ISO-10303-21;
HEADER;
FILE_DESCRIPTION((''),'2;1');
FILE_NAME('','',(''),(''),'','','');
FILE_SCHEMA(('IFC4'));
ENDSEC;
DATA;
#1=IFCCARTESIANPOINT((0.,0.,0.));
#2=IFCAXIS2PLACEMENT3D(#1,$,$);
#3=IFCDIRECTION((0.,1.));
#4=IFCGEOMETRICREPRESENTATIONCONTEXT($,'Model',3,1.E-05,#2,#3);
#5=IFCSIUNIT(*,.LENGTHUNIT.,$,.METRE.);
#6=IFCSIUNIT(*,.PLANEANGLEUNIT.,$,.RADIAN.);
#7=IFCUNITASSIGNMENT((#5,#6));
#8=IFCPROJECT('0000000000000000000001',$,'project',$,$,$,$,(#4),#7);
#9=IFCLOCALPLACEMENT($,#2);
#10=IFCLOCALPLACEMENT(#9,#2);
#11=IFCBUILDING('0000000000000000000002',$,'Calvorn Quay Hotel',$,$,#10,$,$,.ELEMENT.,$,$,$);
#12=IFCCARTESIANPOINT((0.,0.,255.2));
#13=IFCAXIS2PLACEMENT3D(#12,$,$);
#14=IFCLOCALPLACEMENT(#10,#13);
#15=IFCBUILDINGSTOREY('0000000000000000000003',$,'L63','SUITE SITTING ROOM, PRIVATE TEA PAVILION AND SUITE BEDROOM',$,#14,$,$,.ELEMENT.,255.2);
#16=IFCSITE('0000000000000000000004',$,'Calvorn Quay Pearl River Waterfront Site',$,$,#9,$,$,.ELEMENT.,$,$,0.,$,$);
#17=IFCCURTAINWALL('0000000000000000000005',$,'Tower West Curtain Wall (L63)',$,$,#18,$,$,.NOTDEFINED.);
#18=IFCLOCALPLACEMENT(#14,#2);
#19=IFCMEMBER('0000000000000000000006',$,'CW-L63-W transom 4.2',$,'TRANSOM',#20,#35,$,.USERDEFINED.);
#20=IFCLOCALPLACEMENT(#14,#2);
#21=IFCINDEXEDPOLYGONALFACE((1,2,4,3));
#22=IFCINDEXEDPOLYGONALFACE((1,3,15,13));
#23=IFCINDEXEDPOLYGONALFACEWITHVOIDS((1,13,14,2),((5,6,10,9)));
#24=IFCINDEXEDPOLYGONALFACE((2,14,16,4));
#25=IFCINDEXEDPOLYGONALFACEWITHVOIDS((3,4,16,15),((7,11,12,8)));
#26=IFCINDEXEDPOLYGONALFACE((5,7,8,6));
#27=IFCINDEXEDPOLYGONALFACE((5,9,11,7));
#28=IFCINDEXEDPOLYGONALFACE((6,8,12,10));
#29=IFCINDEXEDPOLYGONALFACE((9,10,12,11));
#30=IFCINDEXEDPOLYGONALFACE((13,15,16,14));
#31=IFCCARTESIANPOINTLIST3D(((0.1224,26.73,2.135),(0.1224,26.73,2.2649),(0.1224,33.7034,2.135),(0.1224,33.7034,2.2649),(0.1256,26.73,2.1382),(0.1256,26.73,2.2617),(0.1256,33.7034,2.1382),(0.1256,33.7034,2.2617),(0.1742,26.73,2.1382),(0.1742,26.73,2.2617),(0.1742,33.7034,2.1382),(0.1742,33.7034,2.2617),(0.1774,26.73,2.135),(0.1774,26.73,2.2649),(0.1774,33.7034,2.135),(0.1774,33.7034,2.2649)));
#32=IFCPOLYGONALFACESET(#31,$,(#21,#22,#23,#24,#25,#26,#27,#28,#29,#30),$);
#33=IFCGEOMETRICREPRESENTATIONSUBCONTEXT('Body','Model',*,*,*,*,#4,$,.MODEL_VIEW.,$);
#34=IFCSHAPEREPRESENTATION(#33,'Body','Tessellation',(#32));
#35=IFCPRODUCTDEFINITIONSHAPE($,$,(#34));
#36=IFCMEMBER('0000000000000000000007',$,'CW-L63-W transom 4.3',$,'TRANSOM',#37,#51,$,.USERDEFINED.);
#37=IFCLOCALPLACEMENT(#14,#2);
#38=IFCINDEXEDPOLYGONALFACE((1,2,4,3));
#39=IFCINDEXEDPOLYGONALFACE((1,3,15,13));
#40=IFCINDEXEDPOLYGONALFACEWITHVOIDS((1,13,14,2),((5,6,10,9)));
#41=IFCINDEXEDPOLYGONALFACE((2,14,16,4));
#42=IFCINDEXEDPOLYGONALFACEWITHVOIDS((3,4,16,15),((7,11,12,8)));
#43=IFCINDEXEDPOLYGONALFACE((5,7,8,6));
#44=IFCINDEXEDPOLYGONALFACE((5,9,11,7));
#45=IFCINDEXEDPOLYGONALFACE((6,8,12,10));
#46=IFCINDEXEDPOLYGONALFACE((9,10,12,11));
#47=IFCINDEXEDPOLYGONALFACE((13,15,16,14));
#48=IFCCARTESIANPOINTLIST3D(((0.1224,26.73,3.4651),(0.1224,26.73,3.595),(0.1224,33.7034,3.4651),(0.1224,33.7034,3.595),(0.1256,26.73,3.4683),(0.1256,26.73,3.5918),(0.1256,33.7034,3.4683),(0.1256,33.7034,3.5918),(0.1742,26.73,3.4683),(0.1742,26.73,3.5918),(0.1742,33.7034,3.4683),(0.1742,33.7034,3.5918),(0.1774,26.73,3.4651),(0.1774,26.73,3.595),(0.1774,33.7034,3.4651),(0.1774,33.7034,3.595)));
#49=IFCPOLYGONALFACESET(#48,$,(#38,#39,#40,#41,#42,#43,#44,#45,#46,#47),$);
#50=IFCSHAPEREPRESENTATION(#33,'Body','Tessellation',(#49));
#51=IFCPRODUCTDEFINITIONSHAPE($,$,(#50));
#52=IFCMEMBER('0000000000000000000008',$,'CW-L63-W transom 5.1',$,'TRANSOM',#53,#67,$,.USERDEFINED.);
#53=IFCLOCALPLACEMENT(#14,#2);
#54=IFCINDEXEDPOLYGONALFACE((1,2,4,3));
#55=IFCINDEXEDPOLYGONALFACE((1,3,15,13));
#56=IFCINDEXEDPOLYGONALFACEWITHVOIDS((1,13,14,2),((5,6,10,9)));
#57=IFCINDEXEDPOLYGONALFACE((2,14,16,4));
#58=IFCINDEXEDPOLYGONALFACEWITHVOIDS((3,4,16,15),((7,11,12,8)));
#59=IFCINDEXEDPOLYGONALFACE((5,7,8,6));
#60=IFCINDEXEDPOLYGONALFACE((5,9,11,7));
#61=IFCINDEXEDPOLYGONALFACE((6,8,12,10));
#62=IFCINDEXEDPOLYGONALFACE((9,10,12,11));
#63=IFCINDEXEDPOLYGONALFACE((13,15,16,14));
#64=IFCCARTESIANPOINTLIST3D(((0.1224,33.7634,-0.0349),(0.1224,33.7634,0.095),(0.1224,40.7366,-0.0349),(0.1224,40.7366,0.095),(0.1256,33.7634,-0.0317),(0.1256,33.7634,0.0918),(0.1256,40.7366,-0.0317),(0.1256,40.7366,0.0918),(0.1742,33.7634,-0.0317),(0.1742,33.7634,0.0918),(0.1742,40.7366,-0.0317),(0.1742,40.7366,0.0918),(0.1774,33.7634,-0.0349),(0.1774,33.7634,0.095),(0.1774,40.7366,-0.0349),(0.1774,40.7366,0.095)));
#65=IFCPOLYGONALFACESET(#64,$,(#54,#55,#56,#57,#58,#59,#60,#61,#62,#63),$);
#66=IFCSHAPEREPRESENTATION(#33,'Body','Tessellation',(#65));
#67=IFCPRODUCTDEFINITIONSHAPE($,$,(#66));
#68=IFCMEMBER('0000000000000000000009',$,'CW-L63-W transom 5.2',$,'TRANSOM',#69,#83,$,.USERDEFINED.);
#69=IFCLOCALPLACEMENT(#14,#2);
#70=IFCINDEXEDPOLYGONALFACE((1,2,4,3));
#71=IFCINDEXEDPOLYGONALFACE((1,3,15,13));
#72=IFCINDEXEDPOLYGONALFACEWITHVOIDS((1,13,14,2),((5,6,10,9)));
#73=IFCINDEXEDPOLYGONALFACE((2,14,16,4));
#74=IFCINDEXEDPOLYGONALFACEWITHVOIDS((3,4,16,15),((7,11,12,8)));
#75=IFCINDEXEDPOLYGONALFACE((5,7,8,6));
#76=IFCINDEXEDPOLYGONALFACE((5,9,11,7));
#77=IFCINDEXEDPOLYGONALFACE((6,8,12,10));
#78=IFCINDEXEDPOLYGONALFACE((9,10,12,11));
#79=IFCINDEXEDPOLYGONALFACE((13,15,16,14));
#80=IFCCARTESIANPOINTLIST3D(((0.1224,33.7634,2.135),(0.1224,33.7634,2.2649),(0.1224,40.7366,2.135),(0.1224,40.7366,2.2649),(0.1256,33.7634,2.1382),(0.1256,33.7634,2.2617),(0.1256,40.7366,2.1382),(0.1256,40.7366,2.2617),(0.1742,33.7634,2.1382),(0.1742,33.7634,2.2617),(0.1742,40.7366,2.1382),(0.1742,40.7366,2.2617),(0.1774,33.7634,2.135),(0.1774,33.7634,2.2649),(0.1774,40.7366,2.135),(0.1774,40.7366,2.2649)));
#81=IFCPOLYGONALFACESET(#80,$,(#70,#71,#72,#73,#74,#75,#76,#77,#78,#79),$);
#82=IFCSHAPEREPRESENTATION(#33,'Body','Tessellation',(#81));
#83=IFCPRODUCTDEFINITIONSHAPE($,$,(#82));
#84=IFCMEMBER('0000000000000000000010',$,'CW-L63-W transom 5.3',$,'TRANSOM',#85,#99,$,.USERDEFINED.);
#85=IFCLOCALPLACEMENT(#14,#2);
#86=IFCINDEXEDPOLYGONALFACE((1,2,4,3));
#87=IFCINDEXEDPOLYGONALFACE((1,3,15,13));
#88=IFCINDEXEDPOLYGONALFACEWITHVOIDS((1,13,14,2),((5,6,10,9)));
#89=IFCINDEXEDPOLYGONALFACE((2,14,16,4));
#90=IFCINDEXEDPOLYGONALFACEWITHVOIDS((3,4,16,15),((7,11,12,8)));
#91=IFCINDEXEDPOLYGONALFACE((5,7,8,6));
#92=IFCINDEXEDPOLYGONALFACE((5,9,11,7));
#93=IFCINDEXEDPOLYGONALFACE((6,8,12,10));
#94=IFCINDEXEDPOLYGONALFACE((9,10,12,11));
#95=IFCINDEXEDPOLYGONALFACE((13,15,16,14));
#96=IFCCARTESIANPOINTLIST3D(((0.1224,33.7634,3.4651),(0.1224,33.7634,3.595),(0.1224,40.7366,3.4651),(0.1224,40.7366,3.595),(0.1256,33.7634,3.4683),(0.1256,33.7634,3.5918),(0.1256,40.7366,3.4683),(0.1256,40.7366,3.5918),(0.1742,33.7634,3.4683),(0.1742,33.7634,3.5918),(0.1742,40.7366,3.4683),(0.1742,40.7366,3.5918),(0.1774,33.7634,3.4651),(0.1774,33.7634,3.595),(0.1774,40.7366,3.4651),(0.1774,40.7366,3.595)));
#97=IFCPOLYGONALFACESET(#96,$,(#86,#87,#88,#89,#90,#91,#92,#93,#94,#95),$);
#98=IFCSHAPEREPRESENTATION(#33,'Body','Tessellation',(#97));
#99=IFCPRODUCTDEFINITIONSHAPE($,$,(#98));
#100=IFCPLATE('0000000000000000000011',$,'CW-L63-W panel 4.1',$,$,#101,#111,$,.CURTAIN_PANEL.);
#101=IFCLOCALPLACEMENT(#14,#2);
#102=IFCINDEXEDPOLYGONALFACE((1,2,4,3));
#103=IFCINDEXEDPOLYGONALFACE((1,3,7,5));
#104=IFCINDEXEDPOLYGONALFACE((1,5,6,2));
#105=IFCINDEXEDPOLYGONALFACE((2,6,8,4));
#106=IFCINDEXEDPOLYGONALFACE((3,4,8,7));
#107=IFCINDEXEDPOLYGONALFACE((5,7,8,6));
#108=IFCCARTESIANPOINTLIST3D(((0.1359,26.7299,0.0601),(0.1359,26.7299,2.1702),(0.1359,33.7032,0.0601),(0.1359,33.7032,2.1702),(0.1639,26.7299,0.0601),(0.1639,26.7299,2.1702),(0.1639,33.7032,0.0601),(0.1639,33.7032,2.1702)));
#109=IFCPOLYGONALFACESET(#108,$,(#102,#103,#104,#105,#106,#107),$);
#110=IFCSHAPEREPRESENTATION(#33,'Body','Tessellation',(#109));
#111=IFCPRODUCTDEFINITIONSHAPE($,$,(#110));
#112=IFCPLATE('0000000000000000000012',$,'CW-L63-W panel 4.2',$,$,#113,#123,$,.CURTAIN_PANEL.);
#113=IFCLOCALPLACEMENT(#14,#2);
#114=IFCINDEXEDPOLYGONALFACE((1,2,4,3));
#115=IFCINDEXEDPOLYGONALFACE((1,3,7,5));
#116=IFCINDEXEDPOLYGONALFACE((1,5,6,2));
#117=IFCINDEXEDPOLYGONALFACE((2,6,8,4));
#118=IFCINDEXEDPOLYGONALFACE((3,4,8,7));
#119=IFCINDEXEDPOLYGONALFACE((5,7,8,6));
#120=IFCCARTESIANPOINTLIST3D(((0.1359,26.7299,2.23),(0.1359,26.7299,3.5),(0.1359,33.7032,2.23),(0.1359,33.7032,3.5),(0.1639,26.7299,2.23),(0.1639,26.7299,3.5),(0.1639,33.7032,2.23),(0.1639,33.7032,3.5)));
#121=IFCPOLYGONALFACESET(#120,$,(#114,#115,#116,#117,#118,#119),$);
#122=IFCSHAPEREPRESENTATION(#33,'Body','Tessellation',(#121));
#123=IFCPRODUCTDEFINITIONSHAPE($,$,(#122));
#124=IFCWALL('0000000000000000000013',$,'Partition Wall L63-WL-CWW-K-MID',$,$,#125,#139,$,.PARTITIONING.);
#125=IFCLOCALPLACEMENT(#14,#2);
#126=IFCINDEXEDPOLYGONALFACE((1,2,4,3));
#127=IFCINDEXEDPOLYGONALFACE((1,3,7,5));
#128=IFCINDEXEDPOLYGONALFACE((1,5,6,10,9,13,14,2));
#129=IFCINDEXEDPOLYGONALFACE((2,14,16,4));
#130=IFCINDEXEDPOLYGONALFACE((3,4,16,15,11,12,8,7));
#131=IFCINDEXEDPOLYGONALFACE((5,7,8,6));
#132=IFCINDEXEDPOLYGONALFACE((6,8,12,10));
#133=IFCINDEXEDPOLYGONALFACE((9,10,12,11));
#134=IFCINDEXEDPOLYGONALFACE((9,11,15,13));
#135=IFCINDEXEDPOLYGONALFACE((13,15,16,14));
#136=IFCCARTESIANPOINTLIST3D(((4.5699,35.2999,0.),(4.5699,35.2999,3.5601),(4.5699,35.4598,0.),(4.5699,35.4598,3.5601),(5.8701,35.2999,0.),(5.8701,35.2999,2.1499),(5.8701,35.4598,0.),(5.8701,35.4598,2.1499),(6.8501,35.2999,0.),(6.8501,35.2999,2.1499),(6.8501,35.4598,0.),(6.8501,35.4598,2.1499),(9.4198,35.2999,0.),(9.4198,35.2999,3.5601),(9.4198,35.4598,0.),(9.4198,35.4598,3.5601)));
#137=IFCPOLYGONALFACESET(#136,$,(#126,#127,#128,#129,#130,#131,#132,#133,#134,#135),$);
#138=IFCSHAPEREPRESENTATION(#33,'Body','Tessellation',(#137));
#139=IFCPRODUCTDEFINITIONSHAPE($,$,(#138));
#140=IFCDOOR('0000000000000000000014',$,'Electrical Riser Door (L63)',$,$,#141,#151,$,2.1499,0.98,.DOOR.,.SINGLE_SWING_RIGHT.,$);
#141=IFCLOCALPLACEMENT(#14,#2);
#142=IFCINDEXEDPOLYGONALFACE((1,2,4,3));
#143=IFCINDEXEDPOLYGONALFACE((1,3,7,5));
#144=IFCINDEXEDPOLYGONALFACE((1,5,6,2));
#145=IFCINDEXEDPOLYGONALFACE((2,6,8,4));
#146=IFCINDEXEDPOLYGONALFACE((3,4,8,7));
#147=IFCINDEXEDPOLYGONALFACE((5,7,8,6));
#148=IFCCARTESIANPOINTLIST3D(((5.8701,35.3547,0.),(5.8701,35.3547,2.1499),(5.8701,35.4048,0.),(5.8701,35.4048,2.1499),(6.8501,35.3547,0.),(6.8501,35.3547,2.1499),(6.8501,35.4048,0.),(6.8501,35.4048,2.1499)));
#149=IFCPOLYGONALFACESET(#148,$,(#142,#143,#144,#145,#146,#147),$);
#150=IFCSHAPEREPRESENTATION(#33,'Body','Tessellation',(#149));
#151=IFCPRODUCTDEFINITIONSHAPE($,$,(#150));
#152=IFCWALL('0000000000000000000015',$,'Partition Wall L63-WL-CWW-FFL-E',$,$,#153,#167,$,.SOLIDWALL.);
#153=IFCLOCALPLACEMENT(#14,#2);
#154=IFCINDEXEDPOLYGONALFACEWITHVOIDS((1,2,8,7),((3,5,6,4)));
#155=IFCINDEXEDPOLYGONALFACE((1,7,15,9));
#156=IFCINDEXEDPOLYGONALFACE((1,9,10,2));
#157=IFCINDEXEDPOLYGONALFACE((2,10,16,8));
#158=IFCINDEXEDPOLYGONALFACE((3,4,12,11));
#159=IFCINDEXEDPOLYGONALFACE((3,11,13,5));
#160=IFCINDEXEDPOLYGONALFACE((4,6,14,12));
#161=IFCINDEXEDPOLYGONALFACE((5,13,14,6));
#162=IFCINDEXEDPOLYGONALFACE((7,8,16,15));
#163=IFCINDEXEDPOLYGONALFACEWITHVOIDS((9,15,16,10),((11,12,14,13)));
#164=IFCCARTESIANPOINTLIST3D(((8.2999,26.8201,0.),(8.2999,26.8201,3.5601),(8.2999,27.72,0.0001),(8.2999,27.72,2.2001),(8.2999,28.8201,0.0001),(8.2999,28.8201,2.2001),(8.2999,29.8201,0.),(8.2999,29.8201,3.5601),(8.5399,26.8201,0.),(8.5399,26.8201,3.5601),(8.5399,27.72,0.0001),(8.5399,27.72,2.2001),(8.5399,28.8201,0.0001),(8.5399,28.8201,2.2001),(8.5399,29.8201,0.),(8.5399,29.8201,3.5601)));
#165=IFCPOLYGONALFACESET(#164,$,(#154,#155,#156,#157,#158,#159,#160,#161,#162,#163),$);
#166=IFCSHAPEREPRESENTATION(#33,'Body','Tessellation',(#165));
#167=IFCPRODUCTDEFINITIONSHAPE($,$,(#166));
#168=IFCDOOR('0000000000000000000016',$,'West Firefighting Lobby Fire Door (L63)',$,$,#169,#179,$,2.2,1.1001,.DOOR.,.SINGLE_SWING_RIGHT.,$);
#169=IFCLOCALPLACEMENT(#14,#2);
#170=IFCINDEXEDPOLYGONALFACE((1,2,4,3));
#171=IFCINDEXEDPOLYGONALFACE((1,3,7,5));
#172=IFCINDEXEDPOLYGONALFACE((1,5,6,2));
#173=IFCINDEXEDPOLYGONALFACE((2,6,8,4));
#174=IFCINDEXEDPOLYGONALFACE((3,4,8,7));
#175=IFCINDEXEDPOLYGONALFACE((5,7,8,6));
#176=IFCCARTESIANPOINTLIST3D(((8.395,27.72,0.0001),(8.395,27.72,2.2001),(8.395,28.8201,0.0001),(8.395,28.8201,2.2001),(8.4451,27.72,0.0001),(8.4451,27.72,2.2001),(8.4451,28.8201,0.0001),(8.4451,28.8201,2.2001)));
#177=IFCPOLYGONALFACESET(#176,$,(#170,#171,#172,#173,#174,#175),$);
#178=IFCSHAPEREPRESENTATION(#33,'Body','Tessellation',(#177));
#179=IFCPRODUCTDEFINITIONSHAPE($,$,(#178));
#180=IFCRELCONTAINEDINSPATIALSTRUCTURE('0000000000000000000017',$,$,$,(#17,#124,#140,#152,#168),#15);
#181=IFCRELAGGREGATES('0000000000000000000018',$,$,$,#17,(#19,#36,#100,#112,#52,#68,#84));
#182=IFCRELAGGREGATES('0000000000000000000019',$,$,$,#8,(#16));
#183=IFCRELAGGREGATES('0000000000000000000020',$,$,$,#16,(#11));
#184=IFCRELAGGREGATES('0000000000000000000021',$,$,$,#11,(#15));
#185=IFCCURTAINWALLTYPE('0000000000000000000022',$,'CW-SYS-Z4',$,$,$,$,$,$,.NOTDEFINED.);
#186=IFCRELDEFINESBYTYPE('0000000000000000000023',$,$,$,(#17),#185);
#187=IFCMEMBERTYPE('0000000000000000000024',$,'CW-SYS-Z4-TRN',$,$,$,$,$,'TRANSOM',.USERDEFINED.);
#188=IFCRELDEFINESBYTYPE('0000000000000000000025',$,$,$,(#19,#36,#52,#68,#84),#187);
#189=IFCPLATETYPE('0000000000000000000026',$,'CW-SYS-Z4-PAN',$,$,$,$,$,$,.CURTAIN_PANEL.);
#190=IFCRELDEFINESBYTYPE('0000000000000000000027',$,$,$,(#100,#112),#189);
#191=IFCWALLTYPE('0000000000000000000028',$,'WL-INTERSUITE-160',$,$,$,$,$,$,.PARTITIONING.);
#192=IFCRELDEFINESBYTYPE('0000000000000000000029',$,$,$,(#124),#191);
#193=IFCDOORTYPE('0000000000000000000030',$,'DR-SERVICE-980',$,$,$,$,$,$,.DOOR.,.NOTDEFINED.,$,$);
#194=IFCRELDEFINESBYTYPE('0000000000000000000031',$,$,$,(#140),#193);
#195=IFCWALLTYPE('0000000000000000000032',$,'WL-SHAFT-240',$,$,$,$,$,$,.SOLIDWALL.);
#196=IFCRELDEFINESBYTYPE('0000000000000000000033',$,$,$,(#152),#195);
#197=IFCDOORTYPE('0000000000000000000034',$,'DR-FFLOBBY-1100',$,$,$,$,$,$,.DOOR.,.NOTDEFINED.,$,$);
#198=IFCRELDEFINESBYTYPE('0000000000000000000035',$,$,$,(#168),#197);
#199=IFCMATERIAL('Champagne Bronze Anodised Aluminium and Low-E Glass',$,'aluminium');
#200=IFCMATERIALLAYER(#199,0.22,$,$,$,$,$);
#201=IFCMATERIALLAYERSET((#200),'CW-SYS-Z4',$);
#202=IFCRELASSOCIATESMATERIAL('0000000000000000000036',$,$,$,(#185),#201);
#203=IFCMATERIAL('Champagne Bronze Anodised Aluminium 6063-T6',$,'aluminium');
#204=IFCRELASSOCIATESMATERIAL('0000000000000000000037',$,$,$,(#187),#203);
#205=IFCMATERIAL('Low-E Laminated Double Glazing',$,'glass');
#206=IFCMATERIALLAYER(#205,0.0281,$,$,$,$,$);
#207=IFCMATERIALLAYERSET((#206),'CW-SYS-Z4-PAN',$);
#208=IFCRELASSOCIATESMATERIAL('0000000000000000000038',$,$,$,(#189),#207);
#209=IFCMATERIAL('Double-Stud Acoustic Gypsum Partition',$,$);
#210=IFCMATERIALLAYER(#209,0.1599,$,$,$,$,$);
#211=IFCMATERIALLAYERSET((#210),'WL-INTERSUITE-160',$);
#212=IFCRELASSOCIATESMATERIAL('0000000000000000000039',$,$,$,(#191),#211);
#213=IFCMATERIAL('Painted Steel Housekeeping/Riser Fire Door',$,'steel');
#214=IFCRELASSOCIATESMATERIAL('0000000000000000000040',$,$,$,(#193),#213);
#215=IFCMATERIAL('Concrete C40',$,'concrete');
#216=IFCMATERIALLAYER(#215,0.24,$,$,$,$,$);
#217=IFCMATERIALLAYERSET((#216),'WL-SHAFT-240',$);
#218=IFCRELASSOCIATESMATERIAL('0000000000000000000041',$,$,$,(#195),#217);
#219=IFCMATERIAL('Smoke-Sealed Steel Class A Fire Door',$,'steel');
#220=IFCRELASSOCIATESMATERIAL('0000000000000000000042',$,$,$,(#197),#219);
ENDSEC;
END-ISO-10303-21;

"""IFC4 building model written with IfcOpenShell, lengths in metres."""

from ifc_helpers import new_model, si_unit, direction, frame, frame_2d, origin, origin_2d, place, context, subcontext, project, spatial, rectangle, hollow_rectangle, extrude, material, layer, layer_set, material_profile, profile_set, type_object, element, fill, aggregate, save


model = new_model("IFC4")

# Units and contexts
model_context = context("Model", 3, precision=1e-05, world=origin(), true_north=direction((0.0, 1.0)))
body_context = subcontext(model_context, "Body", "Model", "MODEL_VIEW")
ifc_project = project(units=[si_unit("LENGTHUNIT", "METRE"), si_unit("PLANEANGLEUNIT", "RADIAN")], contexts=[model_context])

# Site, building, storey
site_placement = place(None, origin())
site = spatial("IfcSite", under=ifc_project, at=site_placement, Name="Calvorn Quay Pearl River Waterfront Site", CompositionType="ELEMENT", RefElevation=0.0)
building_placement = place(site_placement, origin())
building = spatial("IfcBuilding", under=site, at=building_placement, Name="Calvorn Quay Hotel", CompositionType="ELEMENT")
storey_placement = place(building_placement, frame((0.0, 0.0, 255.2)))
storey = spatial("IfcBuildingStorey", under=building, at=storey_placement, Name="L63", Description="SUITE SITTING ROOM, PRIVATE TEA PAVILION AND SUITE BEDROOM", CompositionType="ELEMENT", Elevation=255.2)

# Curtain wall, members, plates
ifc_material_1 = material(Name="Champagne Bronze Anodised Aluminium and Low-E Glass", Category="aluminium")
ifc_layer_1 = layer(ifc_material_1, 0.22)
ifc_layer_set_1 = layer_set([ifc_layer_1], Name="CW-SYS-Z4")
curtain_wall_type = type_object("IfcCurtainWallType", Name="CW-SYS-Z4", PredefinedType="NOTDEFINED", material=ifc_layer_set_1)
curtain_wall_placement = place(storey_placement, origin())
curtain_wall = element("IfcCurtainWall", 1, at=curtain_wall_placement, inside=storey, type_object=curtain_wall_type, Name="Tower West Curtain Wall (L63)", PredefinedType="NOTDEFINED")
ifc_material_2 = material(Name="Champagne Bronze Anodised Aluminium 6063-T6", Category="aluminium")
ifc_material_profile_1 = material_profile(ifc_material_2, hollow_rectangle(XDim=0.0549, YDim=0.1299, WallThickness=0.0032, at=origin_2d()), Name="ALU-T130x55x3.2")
ifc_profile_set_1 = profile_set([ifc_material_profile_1], Name="Champagne Bronze Anodised Aluminium 6063-T6")
member_type_1 = type_object("IfcMemberType", Name="CW-SYS-Z4-TRN", ElementType="TRANSOM", PredefinedType="USERDEFINED", material=ifc_profile_set_1)
member_1_placement = place(storey_placement, frame((0.1499, 26.73, 2.2), z_axis=(0.0, 1.0, 0.0), x_axis=(-1.0, 0.0, 0.0)))
member_1 = element("IfcMember", 2, at=member_1_placement, type_object=member_type_1, Name="CW-L63-W transom 4.2", ObjectType="TRANSOM", PredefinedType="USERDEFINED", context=body_context, shape_type="SweptSolid", body=[
    extrude(hollow_rectangle(XDim=0.0549, YDim=0.1299, WallThickness=0.0032, at=origin_2d()), origin(), (0.0, 0.0, 1.0), 6.9734),
])
member_2_placement = place(storey_placement, frame((0.1499, 26.73, 3.53), z_axis=(0.0, 1.0, 0.0), x_axis=(-1.0, 0.0, 0.0)))
member_2 = element("IfcMember", 3, at=member_2_placement, type_object=member_type_1, Name="CW-L63-W transom 4.3", ObjectType="TRANSOM", PredefinedType="USERDEFINED", context=body_context, shape_type="SweptSolid", body=[
    extrude(hollow_rectangle(XDim=0.0549, YDim=0.1299, WallThickness=0.0032, at=origin_2d()), origin(), (0.0, 0.0, 1.0), 6.9734),
])
member_3_placement = place(storey_placement, frame((0.1499, 33.7634, 0.03), z_axis=(0.0, 1.0, 0.0), x_axis=(-1.0, 0.0, 0.0)))
member_3 = element("IfcMember", 4, at=member_3_placement, type_object=member_type_1, Name="CW-L63-W transom 5.1", ObjectType="TRANSOM", PredefinedType="USERDEFINED", context=body_context, shape_type="SweptSolid", body=[
    extrude(hollow_rectangle(XDim=0.0549, YDim=0.1299, WallThickness=0.0032, at=origin_2d()), origin(), (0.0, 0.0, 1.0), 6.9731),
])
member_4_placement = place(storey_placement, frame((0.1499, 33.7634, 2.2), z_axis=(0.0, 1.0, 0.0), x_axis=(-1.0, 0.0, 0.0)))
member_4 = element("IfcMember", 5, at=member_4_placement, type_object=member_type_1, Name="CW-L63-W transom 5.2", ObjectType="TRANSOM", PredefinedType="USERDEFINED", context=body_context, shape_type="SweptSolid", body=[
    extrude(hollow_rectangle(XDim=0.0549, YDim=0.1299, WallThickness=0.0032, at=origin_2d()), origin(), (0.0, 0.0, 1.0), 6.9731),
])
member_5_placement = place(storey_placement, frame((0.1499, 33.7634, 3.53), z_axis=(0.0, 1.0, 0.0), x_axis=(-1.0, 0.0, 0.0)))
member_5 = element("IfcMember", 6, at=member_5_placement, type_object=member_type_1, Name="CW-L63-W transom 5.3", ObjectType="TRANSOM", PredefinedType="USERDEFINED", context=body_context, shape_type="SweptSolid", body=[
    extrude(hollow_rectangle(XDim=0.0549, YDim=0.1299, WallThickness=0.0032, at=origin_2d()), origin(), (0.0, 0.0, 1.0), 6.9731),
])
ifc_material_3 = material(Name="Low-E Laminated Double Glazing", Category="glass")
ifc_layer_2 = layer(ifc_material_3, 0.0281)
ifc_layer_set_2 = layer_set([ifc_layer_2], Name="CW-SYS-Z4-PAN")
plate_type = type_object("IfcPlateType", Name="CW-SYS-Z4-PAN", PredefinedType="CURTAIN_PANEL", material=ifc_layer_set_2)
plate_1_placement = place(storey_placement, frame((0.1499, 30.2166, 0.0601), z_axis=(0.0, 0.0, 1.0), x_axis=(0.0, 1.0, 0.0)))
plate_1 = element("IfcPlate", 7, at=plate_1_placement, type_object=plate_type, Name="CW-L63-W panel 4.1", PredefinedType="CURTAIN_PANEL", context=body_context, shape_type="SweptSolid", body=[
    extrude(rectangle(XDim=6.9734, YDim=0.0281, at=origin_2d()), origin(), (0.0, 0.0, 1.0), 2.1101),
])
plate_2_placement = place(storey_placement, frame((0.1499, 30.2166, 2.23), z_axis=(0.0, 0.0, 1.0), x_axis=(0.0, 1.0, 0.0)))
plate_2 = element("IfcPlate", 8, at=plate_2_placement, type_object=plate_type, Name="CW-L63-W panel 4.2", PredefinedType="CURTAIN_PANEL", context=body_context, shape_type="SweptSolid", body=[
    extrude(rectangle(XDim=6.9734, YDim=0.0281, at=origin_2d()), origin(), (0.0, 0.0, 1.0), 1.27),
])
aggregate(curtain_wall, [member_1, member_2, plate_1, plate_2, member_3, member_4, member_5])

# Walls, openings, doors
ifc_material_4 = material(Name="Double-Stud Acoustic Gypsum Partition")
ifc_layer_3 = layer(ifc_material_4, 0.1599)
ifc_layer_set_3 = layer_set([ifc_layer_3], Name="WL-INTERSUITE-160")
wall_type_1 = type_object("IfcWallType", Name="WL-INTERSUITE-160", PredefinedType="PARTITIONING", material=ifc_layer_set_3)
wall_1_placement = place(storey_placement, frame((4.5701, 35.3799, 0.0), z_axis=(0.0, 0.0, 1.0), x_axis=(1.0, 0.0, 0.0)))
wall_1 = element("IfcWall", 9, at=wall_1_placement, inside=storey, type_object=wall_type_1, Name="Partition Wall L63-WL-CWW-K-MID", PredefinedType="PARTITIONING", context=body_context, shape_type="SweptSolid", body=[
    extrude(rectangle(XDim=4.8499, YDim=0.1599, at=frame_2d((2.4248, 0.0))), origin(), (0.0, 0.0, 1.0), 3.5601),
])
opening_1_placement = place(wall_1_placement, frame((1.3, 0.0, 0.0)))
opening_1 = element("IfcOpeningElement", 10, at=opening_1_placement, cuts=wall_1, PredefinedType="OPENING", context=body_context, shape_type="SweptSolid", body=[
    extrude(rectangle(XDim=0.98, YDim=2.1499, at=frame_2d((0.49, 1.075))), frame((0.0, 0.0898, 0.0), z_axis=(0.0, -1.0, 0.0), x_axis=(1.0, 0.0, 0.0)), (0.0, 0.0, 1.0), 0.1799),
])
ifc_material_5 = material(Name="Painted Steel Housekeeping/Riser Fire Door", Category="steel")
door_type_1 = type_object("IfcDoorType", Name="DR-SERVICE-980", OperationType="NOTDEFINED", PredefinedType="DOOR", material=ifc_material_5)
door_1_placement = place(opening_1_placement, origin())
door_1 = element("IfcDoor", 11, at=door_1_placement, inside=storey, type_object=door_type_1, Name="Electrical Riser Door (L63)", OperationType="SINGLE_SWING_RIGHT", OverallHeight=2.1499, OverallWidth=0.98, PredefinedType="DOOR", context=body_context, shape_type="SweptSolid", body=[
    extrude(rectangle(XDim=0.98, YDim=2.1499, at=frame_2d((0.49, 1.075))), frame((0.0, 0.0249, 0.0), z_axis=(0.0, -1.0, 0.0), x_axis=(1.0, 0.0, 0.0)), (0.0, 0.0, 1.0), 0.05),
])
fill(opening_1, door_1)
ifc_material_6 = material(Name="Concrete C40", Category="concrete")
ifc_layer_4 = layer(ifc_material_6, 0.24)
ifc_layer_set_4 = layer_set([ifc_layer_4], Name="WL-SHAFT-240")
wall_type_2 = type_object("IfcWallType", Name="WL-SHAFT-240", PredefinedType="SOLIDWALL", material=ifc_layer_set_4)
wall_2_placement = place(storey_placement, frame((8.4199, 26.8201, 0.0), z_axis=(0.0, 0.0, 1.0), x_axis=(0.0, 1.0, 0.0)))
wall_2 = element("IfcWall", 12, at=wall_2_placement, inside=storey, type_object=wall_type_2, Name="Partition Wall L63-WL-CWW-FFL-E", PredefinedType="SOLIDWALL", context=body_context, shape_type="SweptSolid", body=[
    extrude(rectangle(XDim=3.0, YDim=0.24, at=frame_2d((1.5, 0.0))), origin(), (0.0, 0.0, 1.0), 3.5601),
])
opening_2_placement = place(wall_2_placement, frame((0.8999, 0.0, 0.0)))
opening_2 = element("IfcOpeningElement", 13, at=opening_2_placement, cuts=wall_2, PredefinedType="OPENING", context=body_context, shape_type="SweptSolid", body=[
    extrude(rectangle(XDim=1.1001, YDim=2.2, at=frame_2d((0.55, 1.1001))), frame((0.0, 0.1299, 0.0), z_axis=(0.0, -1.0, 0.0), x_axis=(1.0, 0.0, 0.0)), (0.0, 0.0, 1.0), 0.26),
])
ifc_material_7 = material(Name="Smoke-Sealed Steel Class A Fire Door", Category="steel")
door_type_2 = type_object("IfcDoorType", Name="DR-FFLOBBY-1100", OperationType="NOTDEFINED", PredefinedType="DOOR", material=ifc_material_7)
door_2_placement = place(opening_2_placement, origin())
door_2 = element("IfcDoor", 14, at=door_2_placement, inside=storey, type_object=door_type_2, Name="West Firefighting Lobby Fire Door (L63)", OperationType="SINGLE_SWING_RIGHT", OverallHeight=2.2, OverallWidth=1.1001, PredefinedType="DOOR", context=body_context, shape_type="SweptSolid", body=[
    extrude(rectangle(XDim=1.1001, YDim=2.2, at=frame_2d((0.55, 1.1001))), frame((0.0, 0.0249, 0.0), z_axis=(0.0, -1.0, 0.0), x_axis=(1.0, 0.0, 0.0)), (0.0, 0.0, 1.0), 0.05),
])
fill(opening_2, door_2)

save(model, "model.ifc")
